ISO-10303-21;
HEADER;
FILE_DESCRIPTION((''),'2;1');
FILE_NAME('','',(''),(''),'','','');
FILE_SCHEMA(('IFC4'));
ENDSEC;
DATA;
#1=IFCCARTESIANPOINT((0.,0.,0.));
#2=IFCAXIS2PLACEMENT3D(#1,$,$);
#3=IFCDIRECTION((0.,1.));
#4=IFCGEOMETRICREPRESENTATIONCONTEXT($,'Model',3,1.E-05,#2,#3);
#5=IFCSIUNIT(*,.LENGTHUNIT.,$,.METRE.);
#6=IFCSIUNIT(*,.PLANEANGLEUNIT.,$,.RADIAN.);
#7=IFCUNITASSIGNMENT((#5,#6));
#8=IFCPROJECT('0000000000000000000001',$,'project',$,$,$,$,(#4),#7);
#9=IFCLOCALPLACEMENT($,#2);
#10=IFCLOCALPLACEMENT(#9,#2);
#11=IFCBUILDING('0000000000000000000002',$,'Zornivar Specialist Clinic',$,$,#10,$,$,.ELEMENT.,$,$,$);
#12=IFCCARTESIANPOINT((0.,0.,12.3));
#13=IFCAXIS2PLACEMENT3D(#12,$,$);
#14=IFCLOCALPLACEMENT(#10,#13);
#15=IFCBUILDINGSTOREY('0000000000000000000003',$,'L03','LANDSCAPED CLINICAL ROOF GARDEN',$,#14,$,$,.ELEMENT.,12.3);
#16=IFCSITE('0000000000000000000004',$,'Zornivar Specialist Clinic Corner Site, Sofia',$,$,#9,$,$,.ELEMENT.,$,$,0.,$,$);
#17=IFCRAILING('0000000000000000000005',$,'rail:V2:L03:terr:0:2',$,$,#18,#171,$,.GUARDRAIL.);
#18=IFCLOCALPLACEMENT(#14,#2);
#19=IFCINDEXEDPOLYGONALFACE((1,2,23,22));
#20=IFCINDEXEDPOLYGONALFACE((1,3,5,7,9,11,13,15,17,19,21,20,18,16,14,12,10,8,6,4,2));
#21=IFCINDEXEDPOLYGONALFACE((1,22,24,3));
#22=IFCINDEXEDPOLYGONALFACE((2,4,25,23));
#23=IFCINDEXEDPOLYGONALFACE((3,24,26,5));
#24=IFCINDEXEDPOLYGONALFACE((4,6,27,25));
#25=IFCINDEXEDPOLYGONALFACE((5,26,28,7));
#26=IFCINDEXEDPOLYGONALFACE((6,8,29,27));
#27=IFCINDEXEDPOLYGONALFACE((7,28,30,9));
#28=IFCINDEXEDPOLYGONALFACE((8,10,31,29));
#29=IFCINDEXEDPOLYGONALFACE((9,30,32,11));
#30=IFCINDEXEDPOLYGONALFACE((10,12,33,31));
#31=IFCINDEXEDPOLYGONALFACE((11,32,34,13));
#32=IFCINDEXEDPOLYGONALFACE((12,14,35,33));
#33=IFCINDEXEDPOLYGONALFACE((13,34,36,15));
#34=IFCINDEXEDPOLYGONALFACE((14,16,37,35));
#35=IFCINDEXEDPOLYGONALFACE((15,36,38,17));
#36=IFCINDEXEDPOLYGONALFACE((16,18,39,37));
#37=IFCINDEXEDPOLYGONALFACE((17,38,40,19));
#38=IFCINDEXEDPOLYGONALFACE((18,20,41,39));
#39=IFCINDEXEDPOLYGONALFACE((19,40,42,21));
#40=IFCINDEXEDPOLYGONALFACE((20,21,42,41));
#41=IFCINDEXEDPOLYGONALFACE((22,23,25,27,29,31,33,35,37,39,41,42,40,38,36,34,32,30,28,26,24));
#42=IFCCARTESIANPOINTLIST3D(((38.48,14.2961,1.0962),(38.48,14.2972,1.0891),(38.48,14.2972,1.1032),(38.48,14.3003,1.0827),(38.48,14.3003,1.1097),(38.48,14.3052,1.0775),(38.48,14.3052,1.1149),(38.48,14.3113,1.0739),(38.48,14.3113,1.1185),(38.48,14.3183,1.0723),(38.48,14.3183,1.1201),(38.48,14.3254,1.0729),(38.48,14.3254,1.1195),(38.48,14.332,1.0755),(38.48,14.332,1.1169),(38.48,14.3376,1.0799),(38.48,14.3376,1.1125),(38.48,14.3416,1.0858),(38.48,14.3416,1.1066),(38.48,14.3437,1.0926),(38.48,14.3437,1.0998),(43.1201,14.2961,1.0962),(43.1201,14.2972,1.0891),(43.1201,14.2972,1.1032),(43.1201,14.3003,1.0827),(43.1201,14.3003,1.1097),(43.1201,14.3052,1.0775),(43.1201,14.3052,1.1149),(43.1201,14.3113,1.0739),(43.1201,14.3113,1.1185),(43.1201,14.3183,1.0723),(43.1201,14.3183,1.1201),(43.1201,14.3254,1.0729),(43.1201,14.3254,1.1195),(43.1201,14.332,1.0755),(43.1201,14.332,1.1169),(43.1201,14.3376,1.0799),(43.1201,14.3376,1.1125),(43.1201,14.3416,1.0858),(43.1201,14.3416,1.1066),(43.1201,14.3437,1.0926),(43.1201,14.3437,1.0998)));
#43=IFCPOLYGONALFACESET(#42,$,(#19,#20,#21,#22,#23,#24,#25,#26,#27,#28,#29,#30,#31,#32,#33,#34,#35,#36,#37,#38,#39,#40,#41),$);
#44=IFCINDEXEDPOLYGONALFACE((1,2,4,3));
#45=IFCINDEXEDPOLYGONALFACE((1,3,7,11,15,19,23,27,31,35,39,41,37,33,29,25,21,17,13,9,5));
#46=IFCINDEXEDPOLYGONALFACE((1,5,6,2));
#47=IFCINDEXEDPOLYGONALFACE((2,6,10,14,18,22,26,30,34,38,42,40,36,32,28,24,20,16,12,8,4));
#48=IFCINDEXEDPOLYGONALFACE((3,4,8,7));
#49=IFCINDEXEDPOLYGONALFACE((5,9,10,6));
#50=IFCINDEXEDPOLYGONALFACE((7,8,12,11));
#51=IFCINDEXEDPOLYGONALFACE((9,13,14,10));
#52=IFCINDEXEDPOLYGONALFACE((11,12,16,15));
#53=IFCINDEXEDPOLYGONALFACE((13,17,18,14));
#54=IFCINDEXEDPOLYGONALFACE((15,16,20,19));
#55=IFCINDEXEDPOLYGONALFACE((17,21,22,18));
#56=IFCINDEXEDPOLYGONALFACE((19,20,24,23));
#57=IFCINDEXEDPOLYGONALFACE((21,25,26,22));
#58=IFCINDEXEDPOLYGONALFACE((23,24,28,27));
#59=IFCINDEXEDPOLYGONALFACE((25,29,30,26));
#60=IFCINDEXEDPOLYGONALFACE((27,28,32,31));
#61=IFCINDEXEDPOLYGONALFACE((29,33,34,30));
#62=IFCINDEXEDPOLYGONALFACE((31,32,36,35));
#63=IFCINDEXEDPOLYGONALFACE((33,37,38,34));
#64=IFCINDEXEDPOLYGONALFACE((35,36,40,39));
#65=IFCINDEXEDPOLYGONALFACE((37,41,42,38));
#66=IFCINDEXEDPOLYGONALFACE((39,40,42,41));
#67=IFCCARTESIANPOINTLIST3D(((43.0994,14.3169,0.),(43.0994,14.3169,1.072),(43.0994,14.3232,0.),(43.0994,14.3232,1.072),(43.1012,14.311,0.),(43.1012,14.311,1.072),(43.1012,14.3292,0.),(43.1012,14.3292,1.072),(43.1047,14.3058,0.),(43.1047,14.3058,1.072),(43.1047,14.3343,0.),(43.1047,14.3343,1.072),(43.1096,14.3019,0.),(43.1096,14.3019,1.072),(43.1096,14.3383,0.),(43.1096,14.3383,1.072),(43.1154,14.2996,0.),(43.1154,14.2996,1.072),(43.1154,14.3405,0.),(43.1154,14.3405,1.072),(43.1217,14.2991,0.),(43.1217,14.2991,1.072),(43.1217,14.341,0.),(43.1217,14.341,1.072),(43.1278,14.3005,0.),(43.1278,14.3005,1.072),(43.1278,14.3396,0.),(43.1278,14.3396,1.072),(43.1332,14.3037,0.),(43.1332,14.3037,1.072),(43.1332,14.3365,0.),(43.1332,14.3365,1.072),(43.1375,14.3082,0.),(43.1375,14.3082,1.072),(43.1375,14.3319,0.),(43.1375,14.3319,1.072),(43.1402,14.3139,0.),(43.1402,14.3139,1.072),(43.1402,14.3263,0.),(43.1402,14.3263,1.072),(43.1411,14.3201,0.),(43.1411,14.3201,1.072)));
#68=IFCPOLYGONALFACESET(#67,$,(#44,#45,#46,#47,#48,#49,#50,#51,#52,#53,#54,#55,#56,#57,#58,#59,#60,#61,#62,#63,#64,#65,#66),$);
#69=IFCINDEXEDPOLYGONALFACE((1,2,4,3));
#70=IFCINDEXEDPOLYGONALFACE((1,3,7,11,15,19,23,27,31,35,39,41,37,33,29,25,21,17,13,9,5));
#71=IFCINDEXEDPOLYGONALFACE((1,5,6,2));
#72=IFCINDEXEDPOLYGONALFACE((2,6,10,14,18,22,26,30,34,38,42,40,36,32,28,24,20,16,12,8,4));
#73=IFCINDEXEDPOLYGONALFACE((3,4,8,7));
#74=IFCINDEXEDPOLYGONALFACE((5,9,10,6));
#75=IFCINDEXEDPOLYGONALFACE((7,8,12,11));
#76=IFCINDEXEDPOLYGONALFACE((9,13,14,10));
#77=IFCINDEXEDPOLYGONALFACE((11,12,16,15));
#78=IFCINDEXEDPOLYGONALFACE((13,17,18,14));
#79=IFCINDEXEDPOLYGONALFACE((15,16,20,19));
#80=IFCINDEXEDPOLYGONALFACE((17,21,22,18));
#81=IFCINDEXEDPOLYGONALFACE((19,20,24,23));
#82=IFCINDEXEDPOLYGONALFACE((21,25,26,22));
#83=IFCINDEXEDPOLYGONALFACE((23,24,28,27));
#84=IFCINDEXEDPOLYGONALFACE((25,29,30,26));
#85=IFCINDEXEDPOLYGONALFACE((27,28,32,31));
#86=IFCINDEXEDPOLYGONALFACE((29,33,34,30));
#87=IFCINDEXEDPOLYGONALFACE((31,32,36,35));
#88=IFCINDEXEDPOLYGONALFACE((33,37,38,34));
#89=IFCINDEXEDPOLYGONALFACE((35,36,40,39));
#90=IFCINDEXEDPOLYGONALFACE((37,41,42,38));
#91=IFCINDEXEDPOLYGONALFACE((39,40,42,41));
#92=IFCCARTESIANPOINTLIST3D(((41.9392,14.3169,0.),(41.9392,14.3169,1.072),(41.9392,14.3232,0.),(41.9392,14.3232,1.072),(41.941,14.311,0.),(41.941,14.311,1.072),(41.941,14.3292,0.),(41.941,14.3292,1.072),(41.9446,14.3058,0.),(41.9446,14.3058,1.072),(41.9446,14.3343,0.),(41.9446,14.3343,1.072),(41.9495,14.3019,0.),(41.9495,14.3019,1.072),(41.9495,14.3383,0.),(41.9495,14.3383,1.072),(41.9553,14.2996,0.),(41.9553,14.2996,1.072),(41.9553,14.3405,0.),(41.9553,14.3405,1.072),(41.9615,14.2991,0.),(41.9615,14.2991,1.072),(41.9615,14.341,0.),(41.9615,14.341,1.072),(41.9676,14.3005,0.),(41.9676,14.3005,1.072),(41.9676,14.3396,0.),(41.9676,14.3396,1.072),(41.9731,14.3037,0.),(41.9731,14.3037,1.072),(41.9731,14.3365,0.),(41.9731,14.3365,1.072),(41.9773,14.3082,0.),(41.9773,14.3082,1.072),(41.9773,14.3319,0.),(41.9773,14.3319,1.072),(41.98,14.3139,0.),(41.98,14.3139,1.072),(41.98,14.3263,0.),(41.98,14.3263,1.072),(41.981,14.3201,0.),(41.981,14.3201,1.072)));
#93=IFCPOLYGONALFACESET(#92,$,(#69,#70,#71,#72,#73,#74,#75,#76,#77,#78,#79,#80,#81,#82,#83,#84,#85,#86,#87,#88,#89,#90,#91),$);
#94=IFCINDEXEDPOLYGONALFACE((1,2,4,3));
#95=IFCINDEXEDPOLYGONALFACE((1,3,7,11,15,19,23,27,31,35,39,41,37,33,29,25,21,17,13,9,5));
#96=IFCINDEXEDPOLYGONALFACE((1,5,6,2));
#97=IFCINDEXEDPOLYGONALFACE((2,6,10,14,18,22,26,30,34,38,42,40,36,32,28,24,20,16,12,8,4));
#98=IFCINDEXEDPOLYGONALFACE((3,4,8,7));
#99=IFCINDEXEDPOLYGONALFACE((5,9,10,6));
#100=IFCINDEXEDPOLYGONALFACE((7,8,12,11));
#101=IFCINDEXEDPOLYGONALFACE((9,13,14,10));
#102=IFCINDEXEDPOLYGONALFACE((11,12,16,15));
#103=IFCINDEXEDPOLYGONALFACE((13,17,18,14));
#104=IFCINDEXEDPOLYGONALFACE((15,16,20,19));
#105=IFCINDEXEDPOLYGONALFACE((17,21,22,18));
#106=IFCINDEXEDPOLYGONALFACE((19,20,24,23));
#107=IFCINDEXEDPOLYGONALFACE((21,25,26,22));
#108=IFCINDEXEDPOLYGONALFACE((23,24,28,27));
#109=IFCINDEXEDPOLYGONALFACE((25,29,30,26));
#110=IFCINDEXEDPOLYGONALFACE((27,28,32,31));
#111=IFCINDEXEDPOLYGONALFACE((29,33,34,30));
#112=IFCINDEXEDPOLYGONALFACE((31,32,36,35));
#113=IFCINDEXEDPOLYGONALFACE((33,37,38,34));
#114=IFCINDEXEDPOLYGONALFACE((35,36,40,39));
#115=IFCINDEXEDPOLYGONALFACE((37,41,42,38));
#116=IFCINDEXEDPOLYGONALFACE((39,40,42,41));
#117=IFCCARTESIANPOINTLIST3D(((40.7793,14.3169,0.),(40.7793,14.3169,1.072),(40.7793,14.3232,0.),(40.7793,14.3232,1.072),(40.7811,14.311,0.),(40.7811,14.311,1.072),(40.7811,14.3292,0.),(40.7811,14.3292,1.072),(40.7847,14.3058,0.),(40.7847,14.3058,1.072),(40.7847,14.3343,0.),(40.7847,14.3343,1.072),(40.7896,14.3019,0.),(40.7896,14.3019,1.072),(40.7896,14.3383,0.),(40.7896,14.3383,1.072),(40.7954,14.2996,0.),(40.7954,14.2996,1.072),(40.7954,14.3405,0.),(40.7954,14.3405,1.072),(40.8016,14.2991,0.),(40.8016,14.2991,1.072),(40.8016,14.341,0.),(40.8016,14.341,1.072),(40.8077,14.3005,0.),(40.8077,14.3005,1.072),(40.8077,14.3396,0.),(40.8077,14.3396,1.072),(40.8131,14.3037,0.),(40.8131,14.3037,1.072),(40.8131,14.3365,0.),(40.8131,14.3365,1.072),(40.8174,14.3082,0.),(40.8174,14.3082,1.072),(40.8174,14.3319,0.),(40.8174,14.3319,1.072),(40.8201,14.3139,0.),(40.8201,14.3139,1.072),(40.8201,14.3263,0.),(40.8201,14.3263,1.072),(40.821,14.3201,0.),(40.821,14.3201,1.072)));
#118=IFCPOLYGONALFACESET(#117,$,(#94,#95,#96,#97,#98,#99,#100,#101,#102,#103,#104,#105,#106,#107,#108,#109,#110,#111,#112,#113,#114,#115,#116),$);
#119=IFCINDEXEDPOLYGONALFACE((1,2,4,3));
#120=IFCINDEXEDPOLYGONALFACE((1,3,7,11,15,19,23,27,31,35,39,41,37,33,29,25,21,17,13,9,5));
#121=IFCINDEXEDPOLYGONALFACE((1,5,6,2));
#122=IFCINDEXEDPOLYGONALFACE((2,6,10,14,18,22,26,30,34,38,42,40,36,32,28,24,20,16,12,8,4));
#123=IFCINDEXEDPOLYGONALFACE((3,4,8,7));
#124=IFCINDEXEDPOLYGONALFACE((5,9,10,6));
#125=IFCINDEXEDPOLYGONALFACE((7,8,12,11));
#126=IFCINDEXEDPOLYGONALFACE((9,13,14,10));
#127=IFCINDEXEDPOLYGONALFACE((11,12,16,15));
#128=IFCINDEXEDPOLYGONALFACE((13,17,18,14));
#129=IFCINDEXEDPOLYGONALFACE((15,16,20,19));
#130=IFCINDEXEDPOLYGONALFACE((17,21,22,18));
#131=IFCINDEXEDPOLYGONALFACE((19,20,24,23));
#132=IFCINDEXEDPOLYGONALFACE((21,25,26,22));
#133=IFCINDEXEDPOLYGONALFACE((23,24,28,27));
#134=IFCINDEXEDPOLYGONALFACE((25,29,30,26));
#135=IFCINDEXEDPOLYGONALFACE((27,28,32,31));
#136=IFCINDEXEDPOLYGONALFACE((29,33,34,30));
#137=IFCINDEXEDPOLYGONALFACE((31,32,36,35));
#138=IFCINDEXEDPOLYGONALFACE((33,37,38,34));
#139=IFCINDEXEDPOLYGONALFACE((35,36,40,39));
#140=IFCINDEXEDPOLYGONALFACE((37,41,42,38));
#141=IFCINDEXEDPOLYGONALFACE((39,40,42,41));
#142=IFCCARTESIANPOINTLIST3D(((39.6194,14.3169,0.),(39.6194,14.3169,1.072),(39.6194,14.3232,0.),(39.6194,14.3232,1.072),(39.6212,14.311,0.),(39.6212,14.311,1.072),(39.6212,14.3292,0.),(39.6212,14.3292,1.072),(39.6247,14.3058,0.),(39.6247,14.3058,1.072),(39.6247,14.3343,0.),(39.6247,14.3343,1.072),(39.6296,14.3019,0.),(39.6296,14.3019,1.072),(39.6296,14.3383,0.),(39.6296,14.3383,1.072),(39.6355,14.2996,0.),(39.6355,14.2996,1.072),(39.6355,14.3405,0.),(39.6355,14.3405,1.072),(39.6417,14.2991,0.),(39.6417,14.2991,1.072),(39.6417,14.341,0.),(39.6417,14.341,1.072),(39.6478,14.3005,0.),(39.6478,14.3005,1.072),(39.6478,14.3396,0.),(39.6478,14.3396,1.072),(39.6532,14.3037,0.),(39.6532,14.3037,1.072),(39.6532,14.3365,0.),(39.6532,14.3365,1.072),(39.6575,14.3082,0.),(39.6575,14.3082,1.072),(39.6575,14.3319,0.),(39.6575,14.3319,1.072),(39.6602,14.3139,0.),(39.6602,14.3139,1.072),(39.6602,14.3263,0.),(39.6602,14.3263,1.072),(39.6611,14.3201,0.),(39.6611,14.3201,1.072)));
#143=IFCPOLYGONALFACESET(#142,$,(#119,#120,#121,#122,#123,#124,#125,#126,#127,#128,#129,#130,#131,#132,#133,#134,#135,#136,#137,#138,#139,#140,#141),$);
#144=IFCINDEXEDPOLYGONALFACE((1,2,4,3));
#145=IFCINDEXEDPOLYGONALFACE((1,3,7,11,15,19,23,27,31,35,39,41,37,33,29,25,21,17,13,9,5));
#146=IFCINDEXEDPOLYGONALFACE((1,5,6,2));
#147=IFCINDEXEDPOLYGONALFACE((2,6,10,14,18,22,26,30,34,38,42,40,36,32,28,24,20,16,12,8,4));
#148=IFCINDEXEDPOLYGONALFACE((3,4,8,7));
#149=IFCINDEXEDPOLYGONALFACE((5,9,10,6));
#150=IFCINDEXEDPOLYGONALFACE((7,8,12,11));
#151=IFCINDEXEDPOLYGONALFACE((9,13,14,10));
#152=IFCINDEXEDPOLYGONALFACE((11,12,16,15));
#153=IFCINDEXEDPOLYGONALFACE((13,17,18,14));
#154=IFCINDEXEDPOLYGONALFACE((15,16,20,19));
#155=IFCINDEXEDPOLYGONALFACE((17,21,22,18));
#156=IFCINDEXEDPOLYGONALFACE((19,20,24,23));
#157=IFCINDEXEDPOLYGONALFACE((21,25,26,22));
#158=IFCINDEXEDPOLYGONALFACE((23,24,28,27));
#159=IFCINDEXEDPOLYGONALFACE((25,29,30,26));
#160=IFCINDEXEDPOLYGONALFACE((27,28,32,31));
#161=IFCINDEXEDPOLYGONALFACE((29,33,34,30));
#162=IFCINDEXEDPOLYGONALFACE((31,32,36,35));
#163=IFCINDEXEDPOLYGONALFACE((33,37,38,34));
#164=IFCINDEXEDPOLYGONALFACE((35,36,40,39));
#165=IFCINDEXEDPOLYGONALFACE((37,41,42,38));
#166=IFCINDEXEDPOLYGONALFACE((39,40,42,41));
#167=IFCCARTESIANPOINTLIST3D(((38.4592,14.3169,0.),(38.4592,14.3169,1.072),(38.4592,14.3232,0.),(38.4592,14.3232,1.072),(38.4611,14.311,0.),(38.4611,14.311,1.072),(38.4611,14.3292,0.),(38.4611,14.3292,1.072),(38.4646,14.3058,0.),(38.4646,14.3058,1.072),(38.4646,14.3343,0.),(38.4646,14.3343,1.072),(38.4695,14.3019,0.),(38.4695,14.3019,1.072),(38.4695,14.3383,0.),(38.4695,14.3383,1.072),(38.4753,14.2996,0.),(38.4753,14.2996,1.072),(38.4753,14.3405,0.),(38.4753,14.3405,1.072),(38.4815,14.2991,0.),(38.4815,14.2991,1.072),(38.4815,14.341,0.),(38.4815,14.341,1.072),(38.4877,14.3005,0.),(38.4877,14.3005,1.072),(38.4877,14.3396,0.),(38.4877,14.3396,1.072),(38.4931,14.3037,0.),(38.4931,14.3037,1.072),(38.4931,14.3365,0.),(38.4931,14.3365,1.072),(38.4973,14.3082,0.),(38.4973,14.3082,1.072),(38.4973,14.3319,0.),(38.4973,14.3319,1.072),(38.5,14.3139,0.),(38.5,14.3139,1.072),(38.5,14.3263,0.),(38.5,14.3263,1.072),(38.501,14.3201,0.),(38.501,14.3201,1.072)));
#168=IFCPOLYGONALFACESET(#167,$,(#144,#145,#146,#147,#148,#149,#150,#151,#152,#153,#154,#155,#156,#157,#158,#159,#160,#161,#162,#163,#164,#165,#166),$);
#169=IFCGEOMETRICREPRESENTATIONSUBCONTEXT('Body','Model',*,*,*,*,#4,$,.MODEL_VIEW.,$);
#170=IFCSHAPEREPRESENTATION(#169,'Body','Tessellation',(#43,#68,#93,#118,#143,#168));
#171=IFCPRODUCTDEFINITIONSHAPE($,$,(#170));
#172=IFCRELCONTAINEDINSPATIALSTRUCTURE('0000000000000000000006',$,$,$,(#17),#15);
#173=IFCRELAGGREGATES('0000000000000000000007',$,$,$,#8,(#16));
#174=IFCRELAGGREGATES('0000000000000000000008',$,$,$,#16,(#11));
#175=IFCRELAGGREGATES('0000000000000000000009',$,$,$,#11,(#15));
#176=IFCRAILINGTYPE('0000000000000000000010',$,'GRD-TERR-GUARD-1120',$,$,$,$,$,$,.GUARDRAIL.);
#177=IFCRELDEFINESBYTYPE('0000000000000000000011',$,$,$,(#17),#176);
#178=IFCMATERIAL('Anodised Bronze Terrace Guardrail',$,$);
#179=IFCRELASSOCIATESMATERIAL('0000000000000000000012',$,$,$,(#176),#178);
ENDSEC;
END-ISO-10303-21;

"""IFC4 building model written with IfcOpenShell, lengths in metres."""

from ifc_helpers import new_model, si_unit, direction, frame, origin, origin_2d, place, context, subcontext, project, spatial, circle, extrude, material, type_object, element, save


model = new_model("IFC4")

# Units and contexts
model_context = context("Model", 3, precision=1e-05, world=origin(), true_north=direction((0.0, 1.0)))
body_context = subcontext(model_context, "Body", "Model", "MODEL_VIEW")
ifc_project = project(units=[si_unit("LENGTHUNIT", "METRE"), si_unit("PLANEANGLEUNIT", "RADIAN")], contexts=[model_context])

# Site, building, storey
site_placement = place(None, origin())
site = spatial("IfcSite", under=ifc_project, at=site_placement, Name="Zornivar Specialist Clinic Corner Site, Sofia", CompositionType="ELEMENT", RefElevation=0.0)
building_placement = place(site_placement, origin())
building = spatial("IfcBuilding", under=site, at=building_placement, Name="Zornivar Specialist Clinic", CompositionType="ELEMENT")
storey_placement = place(building_placement, frame((0.0, 0.0, 12.3)))
storey = spatial("IfcBuildingStorey", under=building, at=storey_placement, Name="L03", Description="LANDSCAPED CLINICAL ROOF GARDEN", CompositionType="ELEMENT", Elevation=12.3)

# Railing
ifc_material_1 = material(Name="Anodised Bronze Terrace Guardrail")
railing_type = type_object("IfcRailingType", Name="GRD-TERR-GUARD-1120", PredefinedType="GUARDRAIL", material=ifc_material_1)
railing_placement = place(storey_placement, frame((43.1201, 14.3201, 0.0)))
element("IfcRailing", 1, at=railing_placement, inside=storey, type_object=railing_type, Name="rail:V2:L03:terr:0:2", PredefinedType="GUARDRAIL", context=body_context, shape_type="SweptSolid", body=[
    extrude(circle(Radius=0.0239, at=origin_2d()), frame((0.0, 0.0, 1.0962), z_axis=(-1.0, 0.0, 0.0), x_axis=(0.0, -1.0, 0.0)), (0.0, 0.0, 1.0), 4.6401),
    extrude(circle(Radius=0.021, at=origin_2d()), origin(), (0.0, 0.0, 1.0), 1.072),
    extrude(circle(Radius=0.021, at=origin_2d()), frame((-1.1602, 0.0, 0.0)), (0.0, 0.0, 1.0), 1.072),
    extrude(circle(Radius=0.021, at=origin_2d()), frame((-2.3201, 0.0, 0.0)), (0.0, 0.0, 1.0), 1.072),
    extrude(circle(Radius=0.021, at=origin_2d()), frame((-3.48, 0.0, 0.0)), (0.0, 0.0, 1.0), 1.072),
    extrude(circle(Radius=0.021, at=origin_2d()), frame((-4.6401, 0.0, 0.0)), (0.0, 0.0, 1.0), 1.072),
])

save(model, "model.ifc")
